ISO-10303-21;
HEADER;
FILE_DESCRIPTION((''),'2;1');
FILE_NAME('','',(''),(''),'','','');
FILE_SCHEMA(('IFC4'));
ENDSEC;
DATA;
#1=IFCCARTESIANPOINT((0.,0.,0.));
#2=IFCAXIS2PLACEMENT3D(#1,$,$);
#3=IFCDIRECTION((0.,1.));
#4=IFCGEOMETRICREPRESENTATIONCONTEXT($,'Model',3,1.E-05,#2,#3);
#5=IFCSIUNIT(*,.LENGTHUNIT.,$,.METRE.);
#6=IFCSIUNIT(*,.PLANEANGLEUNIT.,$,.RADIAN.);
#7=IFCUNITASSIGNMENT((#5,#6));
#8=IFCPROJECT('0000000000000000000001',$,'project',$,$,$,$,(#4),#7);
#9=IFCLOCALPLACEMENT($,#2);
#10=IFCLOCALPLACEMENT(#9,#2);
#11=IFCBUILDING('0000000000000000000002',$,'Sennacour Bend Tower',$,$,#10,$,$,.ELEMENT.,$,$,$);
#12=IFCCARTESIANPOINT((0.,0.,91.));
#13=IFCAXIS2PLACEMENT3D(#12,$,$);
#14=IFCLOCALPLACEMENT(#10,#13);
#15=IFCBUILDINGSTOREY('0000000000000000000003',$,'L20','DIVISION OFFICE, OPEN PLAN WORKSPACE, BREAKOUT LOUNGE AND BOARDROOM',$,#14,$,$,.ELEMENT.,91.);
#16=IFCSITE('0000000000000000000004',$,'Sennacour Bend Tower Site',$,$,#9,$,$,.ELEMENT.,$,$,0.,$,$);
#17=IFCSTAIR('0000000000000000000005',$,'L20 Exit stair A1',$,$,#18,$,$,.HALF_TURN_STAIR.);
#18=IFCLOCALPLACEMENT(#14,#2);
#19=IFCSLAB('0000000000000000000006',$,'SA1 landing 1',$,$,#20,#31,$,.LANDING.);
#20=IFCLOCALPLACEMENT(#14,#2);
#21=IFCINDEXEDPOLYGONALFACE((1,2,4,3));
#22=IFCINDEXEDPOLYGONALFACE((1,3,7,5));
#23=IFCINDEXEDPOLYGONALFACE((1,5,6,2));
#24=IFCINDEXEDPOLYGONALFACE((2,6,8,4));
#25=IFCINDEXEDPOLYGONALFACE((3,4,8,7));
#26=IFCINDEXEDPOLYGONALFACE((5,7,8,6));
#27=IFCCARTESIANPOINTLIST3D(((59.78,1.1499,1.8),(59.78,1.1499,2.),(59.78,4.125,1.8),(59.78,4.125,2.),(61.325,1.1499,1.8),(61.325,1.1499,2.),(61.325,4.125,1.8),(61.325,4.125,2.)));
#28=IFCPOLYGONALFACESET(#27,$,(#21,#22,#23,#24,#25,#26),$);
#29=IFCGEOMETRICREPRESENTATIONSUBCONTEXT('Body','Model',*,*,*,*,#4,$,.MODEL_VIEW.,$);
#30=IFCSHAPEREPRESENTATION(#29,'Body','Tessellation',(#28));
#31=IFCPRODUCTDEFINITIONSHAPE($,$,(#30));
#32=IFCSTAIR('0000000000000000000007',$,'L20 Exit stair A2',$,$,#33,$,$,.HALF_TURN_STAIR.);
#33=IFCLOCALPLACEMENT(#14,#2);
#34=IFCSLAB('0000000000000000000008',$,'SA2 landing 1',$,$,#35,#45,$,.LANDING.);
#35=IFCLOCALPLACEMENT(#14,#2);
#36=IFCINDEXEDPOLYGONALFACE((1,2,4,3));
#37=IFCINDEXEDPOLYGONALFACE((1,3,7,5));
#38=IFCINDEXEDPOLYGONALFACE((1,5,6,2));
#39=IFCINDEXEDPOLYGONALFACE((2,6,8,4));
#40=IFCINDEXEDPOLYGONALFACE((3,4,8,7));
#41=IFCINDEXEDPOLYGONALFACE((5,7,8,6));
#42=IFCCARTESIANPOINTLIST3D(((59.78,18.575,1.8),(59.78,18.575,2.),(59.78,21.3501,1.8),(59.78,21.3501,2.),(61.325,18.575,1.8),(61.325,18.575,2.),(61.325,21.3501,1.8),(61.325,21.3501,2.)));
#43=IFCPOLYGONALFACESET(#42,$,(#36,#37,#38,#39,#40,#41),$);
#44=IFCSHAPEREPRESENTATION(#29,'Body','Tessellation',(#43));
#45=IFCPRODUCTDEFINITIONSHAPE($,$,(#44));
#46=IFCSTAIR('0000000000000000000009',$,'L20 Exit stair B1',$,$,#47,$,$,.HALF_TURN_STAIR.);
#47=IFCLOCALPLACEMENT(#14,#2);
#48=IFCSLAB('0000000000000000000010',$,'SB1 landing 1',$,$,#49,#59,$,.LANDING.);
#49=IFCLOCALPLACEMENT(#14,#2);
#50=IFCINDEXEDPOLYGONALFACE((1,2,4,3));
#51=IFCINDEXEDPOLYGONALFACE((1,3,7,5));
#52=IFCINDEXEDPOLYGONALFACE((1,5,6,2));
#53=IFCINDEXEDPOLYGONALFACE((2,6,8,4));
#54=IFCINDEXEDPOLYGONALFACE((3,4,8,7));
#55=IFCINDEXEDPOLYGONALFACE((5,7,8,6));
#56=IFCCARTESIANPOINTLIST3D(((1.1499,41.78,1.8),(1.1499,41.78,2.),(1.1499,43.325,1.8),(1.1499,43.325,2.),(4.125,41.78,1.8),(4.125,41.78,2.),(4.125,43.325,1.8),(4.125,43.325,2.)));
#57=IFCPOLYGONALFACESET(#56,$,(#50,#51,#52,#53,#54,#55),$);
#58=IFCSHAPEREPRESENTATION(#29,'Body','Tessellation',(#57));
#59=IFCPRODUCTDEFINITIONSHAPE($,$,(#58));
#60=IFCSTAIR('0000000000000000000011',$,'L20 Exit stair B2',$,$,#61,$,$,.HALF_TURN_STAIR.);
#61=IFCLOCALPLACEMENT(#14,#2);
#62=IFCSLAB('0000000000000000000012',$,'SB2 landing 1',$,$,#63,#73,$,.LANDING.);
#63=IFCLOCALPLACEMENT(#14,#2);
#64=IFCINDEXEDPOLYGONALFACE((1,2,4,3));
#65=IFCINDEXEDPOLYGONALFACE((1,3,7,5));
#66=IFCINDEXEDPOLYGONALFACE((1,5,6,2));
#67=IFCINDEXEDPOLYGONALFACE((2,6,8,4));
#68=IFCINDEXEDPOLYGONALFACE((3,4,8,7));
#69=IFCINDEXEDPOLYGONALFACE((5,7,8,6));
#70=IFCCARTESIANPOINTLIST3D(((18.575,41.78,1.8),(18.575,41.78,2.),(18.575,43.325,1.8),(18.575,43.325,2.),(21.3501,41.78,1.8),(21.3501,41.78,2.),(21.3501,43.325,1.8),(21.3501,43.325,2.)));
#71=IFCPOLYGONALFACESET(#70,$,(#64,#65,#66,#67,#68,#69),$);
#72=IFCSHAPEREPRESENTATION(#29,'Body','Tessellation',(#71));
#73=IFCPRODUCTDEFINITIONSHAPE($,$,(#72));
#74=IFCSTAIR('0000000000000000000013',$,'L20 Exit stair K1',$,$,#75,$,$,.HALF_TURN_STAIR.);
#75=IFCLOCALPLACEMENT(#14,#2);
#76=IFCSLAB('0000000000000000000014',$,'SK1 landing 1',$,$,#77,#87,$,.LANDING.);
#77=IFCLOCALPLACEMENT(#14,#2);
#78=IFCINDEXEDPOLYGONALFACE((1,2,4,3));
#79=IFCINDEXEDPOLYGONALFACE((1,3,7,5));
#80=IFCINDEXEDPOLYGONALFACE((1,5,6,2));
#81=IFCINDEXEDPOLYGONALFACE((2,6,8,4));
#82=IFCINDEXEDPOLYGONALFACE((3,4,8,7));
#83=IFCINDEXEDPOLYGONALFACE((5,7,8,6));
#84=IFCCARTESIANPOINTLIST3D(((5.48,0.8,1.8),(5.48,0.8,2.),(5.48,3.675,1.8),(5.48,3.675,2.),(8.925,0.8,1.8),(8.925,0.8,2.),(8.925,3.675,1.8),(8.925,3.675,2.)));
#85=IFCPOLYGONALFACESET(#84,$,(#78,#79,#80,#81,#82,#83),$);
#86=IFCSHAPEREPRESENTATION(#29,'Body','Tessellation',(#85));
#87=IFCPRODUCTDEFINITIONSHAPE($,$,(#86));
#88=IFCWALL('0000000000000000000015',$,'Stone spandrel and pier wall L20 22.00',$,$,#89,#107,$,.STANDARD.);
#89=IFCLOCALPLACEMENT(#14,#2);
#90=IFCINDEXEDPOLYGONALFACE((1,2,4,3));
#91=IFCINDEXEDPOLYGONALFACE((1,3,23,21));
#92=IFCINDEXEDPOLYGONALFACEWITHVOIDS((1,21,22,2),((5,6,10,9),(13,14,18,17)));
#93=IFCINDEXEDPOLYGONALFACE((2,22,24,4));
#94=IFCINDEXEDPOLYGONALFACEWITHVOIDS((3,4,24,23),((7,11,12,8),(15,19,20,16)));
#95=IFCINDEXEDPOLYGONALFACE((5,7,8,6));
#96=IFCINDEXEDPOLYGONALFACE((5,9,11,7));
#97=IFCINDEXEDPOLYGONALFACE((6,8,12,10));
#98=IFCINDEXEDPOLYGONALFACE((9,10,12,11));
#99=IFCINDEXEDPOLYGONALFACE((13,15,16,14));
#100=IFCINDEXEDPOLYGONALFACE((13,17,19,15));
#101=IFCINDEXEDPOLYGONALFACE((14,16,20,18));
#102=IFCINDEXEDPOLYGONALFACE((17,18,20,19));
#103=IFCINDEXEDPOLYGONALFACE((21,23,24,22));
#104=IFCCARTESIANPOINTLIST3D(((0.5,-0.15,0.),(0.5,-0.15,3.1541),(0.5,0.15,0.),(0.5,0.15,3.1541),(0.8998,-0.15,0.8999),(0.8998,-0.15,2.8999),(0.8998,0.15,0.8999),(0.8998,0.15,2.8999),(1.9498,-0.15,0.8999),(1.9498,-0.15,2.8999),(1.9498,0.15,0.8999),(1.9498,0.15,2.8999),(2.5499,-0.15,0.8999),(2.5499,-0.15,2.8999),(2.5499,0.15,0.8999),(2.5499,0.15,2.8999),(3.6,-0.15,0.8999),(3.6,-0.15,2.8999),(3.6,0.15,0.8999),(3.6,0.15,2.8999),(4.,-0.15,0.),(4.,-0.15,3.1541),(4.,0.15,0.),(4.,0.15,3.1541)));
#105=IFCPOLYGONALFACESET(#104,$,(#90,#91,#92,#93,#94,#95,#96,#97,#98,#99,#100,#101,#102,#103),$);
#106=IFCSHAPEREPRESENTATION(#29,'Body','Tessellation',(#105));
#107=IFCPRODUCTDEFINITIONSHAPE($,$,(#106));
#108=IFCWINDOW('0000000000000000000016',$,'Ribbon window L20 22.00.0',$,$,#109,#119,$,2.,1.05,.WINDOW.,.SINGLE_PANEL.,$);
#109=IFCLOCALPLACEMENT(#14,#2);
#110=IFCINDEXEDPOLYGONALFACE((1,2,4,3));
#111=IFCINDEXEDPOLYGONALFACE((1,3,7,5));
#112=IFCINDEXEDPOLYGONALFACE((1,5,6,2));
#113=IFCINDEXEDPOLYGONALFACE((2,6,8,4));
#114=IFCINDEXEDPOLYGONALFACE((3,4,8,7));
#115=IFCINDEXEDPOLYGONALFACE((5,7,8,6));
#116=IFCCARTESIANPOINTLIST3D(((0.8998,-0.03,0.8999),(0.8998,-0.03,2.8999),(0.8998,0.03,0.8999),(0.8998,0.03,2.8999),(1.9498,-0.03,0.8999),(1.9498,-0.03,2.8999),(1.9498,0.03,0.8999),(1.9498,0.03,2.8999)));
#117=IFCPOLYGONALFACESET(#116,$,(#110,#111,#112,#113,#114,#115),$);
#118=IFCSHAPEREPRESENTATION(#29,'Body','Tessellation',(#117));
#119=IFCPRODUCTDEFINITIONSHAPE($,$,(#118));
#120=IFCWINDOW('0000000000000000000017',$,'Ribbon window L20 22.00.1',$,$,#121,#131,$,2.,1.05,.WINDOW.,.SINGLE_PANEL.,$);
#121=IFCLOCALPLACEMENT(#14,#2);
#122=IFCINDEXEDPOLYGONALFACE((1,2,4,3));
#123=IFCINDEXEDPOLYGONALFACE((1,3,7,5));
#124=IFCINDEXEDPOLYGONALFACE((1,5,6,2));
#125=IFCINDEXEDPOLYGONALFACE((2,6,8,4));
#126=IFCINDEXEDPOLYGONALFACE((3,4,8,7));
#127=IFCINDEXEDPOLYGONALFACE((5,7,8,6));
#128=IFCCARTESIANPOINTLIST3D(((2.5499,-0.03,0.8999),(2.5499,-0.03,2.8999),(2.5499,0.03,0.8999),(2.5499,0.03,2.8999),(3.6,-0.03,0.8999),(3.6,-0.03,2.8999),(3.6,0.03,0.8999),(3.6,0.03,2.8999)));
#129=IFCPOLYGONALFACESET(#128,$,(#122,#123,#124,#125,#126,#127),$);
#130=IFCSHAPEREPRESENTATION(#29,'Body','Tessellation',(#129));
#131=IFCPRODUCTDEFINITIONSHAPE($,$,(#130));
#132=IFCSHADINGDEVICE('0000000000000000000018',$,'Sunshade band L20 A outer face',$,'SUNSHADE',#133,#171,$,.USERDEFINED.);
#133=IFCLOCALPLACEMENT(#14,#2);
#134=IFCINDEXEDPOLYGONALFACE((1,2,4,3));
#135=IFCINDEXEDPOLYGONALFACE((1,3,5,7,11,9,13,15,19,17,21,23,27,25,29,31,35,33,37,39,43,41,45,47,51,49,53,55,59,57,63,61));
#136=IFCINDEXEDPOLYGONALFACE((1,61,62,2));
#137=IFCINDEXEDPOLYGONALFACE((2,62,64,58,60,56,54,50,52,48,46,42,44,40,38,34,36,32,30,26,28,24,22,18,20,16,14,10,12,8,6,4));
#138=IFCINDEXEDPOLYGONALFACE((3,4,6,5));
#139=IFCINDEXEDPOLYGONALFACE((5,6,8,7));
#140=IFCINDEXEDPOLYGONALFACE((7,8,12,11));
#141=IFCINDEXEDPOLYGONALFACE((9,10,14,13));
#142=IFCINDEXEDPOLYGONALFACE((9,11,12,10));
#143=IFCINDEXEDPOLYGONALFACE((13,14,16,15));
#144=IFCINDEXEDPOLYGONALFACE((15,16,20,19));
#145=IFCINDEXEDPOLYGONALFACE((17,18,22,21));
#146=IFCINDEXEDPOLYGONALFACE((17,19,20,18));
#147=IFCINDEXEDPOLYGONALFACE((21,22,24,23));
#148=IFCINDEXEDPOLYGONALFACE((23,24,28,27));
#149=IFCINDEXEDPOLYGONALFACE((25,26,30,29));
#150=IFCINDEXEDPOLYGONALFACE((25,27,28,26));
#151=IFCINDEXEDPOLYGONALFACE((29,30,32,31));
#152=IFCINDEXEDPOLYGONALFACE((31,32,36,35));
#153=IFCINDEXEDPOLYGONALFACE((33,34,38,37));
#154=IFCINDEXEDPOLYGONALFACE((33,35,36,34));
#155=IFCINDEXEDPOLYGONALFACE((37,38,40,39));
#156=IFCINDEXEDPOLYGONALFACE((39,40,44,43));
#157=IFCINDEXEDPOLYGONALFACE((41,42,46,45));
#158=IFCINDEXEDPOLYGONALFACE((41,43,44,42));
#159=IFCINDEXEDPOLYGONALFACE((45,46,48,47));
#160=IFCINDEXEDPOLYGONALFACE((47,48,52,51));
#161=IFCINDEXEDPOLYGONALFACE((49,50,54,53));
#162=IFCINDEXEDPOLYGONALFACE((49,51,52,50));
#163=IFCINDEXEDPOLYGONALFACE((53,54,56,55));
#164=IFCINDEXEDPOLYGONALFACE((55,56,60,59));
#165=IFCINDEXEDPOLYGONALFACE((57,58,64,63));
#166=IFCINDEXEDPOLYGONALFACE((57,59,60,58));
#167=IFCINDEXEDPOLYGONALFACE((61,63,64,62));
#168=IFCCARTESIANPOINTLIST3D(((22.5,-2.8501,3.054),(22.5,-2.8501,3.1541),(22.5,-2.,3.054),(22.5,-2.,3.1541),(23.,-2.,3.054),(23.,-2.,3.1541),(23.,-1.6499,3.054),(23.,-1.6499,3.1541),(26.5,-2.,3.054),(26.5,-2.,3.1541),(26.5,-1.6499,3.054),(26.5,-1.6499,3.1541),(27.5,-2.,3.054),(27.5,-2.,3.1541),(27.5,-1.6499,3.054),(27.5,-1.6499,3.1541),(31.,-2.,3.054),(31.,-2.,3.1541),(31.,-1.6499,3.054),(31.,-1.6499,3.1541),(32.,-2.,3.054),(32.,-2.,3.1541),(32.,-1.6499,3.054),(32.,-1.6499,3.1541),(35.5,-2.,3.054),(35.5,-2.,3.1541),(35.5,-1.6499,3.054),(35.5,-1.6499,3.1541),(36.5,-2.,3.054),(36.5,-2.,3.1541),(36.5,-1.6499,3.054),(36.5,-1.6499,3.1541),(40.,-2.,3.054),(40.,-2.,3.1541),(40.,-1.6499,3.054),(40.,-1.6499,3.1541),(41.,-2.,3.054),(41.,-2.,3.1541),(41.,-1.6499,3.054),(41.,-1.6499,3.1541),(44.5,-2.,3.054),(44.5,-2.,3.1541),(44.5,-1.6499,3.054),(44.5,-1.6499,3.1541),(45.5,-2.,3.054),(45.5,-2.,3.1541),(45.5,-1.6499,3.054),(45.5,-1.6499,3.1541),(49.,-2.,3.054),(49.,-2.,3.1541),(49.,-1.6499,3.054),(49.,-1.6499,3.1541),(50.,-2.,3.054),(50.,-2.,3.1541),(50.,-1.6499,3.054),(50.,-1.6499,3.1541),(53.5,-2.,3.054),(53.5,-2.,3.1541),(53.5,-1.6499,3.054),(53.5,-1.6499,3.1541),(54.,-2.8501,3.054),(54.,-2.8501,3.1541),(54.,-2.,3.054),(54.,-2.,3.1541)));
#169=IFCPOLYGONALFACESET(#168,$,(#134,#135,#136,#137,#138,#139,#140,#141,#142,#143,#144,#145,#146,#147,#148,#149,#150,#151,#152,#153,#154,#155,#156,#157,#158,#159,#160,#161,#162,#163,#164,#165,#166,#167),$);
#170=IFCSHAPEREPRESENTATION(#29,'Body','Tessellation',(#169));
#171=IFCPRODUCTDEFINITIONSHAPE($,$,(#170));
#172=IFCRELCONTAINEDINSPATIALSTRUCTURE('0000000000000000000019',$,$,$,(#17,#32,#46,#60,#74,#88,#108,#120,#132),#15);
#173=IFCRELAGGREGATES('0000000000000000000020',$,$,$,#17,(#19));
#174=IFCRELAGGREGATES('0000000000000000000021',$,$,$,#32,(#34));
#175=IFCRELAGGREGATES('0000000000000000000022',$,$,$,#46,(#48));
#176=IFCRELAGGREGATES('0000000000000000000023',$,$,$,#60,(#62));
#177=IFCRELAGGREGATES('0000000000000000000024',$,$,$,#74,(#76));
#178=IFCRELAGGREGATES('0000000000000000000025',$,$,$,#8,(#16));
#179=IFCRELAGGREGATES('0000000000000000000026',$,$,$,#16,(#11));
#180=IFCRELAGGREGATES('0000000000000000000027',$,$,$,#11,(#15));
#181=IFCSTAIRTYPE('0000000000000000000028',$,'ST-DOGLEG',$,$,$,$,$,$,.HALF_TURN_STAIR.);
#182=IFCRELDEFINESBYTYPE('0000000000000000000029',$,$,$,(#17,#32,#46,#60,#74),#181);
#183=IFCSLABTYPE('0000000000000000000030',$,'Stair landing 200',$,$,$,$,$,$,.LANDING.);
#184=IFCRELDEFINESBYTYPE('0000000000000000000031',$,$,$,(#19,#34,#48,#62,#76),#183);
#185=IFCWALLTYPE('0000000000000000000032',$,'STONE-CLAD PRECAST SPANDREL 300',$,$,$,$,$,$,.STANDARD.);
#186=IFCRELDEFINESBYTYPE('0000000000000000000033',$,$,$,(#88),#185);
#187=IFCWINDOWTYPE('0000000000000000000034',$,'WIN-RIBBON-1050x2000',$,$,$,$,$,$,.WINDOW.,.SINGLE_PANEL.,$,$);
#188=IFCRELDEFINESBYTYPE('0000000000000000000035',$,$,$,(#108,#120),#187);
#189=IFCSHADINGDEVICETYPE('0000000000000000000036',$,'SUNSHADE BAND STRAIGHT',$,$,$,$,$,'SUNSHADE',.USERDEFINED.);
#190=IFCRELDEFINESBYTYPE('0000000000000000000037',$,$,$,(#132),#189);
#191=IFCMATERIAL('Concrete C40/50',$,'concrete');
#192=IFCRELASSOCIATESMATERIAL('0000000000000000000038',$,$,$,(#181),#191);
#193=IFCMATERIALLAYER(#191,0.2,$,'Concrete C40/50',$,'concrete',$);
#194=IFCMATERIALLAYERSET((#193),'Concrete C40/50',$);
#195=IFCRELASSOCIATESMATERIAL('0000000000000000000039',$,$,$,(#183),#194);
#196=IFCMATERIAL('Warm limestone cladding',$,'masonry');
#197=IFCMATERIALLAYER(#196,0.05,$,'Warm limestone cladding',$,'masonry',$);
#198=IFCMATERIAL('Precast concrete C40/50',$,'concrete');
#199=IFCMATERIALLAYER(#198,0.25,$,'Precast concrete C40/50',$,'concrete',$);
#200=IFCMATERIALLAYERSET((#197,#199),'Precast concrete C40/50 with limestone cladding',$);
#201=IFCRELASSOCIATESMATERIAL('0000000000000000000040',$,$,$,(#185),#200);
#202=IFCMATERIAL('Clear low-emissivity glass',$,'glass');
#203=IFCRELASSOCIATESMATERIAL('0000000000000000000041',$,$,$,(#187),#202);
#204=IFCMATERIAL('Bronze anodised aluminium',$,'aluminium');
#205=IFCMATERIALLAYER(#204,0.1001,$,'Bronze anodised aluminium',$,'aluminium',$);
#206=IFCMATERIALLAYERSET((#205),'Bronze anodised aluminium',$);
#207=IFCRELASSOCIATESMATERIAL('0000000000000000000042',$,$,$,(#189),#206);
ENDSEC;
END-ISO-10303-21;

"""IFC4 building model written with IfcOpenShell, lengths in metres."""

from ifc_helpers import new_model, si_unit, direction, frame, frame_2d, origin, place, context, subcontext, project, spatial, polyline, rectangle, outline, extrude, material, layer, layer_set, type_object, element, fill, aggregate, save


model = new_model("IFC4")

# Units and contexts
model_context = context("Model", 3, precision=1e-05, world=origin(), true_north=direction((0.0, 1.0)))
body_context = subcontext(model_context, "Body", "Model", "MODEL_VIEW")
ifc_project = project(units=[si_unit("LENGTHUNIT", "METRE"), si_unit("PLANEANGLEUNIT", "RADIAN")], contexts=[model_context])

# Site, building, storey
site_placement = place(None, origin())
site = spatial("IfcSite", under=ifc_project, at=site_placement, Name="Sennacour Bend Tower Site", CompositionType="ELEMENT", RefElevation=0.0)
building_placement = place(site_placement, origin())
building = spatial("IfcBuilding", under=site, at=building_placement, Name="Sennacour Bend Tower", CompositionType="ELEMENT")
storey_placement = place(building_placement, frame((0.0, 0.0, 91.0)))
storey = spatial("IfcBuildingStorey", under=building, at=storey_placement, Name="L20", Description="DIVISION OFFICE, OPEN PLAN WORKSPACE, BREAKOUT LOUNGE AND BOARDROOM", CompositionType="ELEMENT", Elevation=91.0)

# Shared definitions
ifc_material_1 = material(Name="Concrete C40/50", Category="concrete")

# Stairs, slabs
stair_type = type_object("IfcStairType", Name="ST-DOGLEG", PredefinedType="HALF_TURN_STAIR", material=ifc_material_1)
stair_1_placement = place(storey_placement, origin())
stair_1 = element("IfcStair", 1, at=stair_1_placement, inside=storey, type_object=stair_type, Name="L20 Exit stair A1", PredefinedType="HALF_TURN_STAIR")
ifc_layer_1 = layer(ifc_material_1, 0.2, Name="Concrete C40/50", Category="concrete")
ifc_layer_set_1 = layer_set([ifc_layer_1], Name="Concrete C40/50")
slab_type_1 = type_object("IfcSlabType", Name="Stair landing 200", PredefinedType="LANDING", material=ifc_layer_set_1)
slab_1_placement = place(storey_placement, frame((0.0, 0.0, 1.8)))
slab_1 = element("IfcSlab", 2, at=slab_1_placement, type_object=slab_type_1, Name="SA1 landing 1", PredefinedType="LANDING", context=body_context, shape_type="SweptSolid", body=[
    extrude(outline(polyline([(59.78, 1.1499), (61.325, 1.1499), (61.325, 4.125), (59.78, 4.125), (59.78, 1.1499)])), origin(), (0.0, 0.0, 1.0), 0.2),
])
aggregate(stair_1, [slab_1])
stair_2_placement = place(storey_placement, origin())
stair_2 = element("IfcStair", 3, at=stair_2_placement, inside=storey, type_object=stair_type, Name="L20 Exit stair A2", PredefinedType="HALF_TURN_STAIR")
slab_2_placement = place(storey_placement, frame((0.0, 0.0, 1.8)))
slab_2 = element("IfcSlab", 4, at=slab_2_placement, type_object=slab_type_1, Name="SA2 landing 1", PredefinedType="LANDING", context=body_context, shape_type="SweptSolid", body=[
    extrude(outline(polyline([(59.78, 18.575), (61.325, 18.575), (61.325, 21.3501), (59.78, 21.3501), (59.78, 18.575)])), origin(), (0.0, 0.0, 1.0), 0.2),
])
aggregate(stair_2, [slab_2])
stair_3_placement = place(storey_placement, origin())
stair_3 = element("IfcStair", 5, at=stair_3_placement, inside=storey, type_object=stair_type, Name="L20 Exit stair B1", PredefinedType="HALF_TURN_STAIR")
slab_3_placement = place(storey_placement, frame((0.0, 0.0, 1.8)))
slab_3 = element("IfcSlab", 6, at=slab_3_placement, type_object=slab_type_1, Name="SB1 landing 1", PredefinedType="LANDING", context=body_context, shape_type="SweptSolid", body=[
    extrude(outline(polyline([(1.1499, 41.78), (4.125, 41.78), (4.125, 43.325), (1.1499, 43.325), (1.1499, 41.78)])), origin(), (0.0, 0.0, 1.0), 0.2),
])
aggregate(stair_3, [slab_3])
stair_4_placement = place(storey_placement, origin())
stair_4 = element("IfcStair", 7, at=stair_4_placement, inside=storey, type_object=stair_type, Name="L20 Exit stair B2", PredefinedType="HALF_TURN_STAIR")
slab_4_placement = place(storey_placement, frame((0.0, 0.0, 1.8)))
slab_4 = element("IfcSlab", 8, at=slab_4_placement, type_object=slab_type_1, Name="SB2 landing 1", PredefinedType="LANDING", context=body_context, shape_type="SweptSolid", body=[
    extrude(outline(polyline([(18.575, 41.78), (21.3501, 41.78), (21.3501, 43.325), (18.575, 43.325), (18.575, 41.78)])), origin(), (0.0, 0.0, 1.0), 0.2),
])
aggregate(stair_4, [slab_4])
stair_5_placement = place(storey_placement, origin())
stair_5 = element("IfcStair", 9, at=stair_5_placement, inside=storey, type_object=stair_type, Name="L20 Exit stair K1", PredefinedType="HALF_TURN_STAIR")
slab_5_placement = place(storey_placement, frame((0.0, 0.0, 1.8)))
slab_5 = element("IfcSlab", 10, at=slab_5_placement, type_object=slab_type_1, Name="SK1 landing 1", PredefinedType="LANDING", context=body_context, shape_type="SweptSolid", body=[
    extrude(outline(polyline([(5.48, 0.8), (8.925, 0.8), (8.925, 3.675), (5.48, 3.675), (5.48, 0.8)])), origin(), (0.0, 0.0, 1.0), 0.2),
])
aggregate(stair_5, [slab_5])

# Wall, openings, windows
ifc_material_2 = material(Name="Warm limestone cladding", Category="masonry")
ifc_layer_2 = layer(ifc_material_2, 0.05, Name="Warm limestone cladding", Category="masonry")
ifc_material_3 = material(Name="Precast concrete C40/50", Category="concrete")
ifc_layer_3 = layer(ifc_material_3, 0.25, Name="Precast concrete C40/50", Category="concrete")
ifc_layer_set_2 = layer_set([ifc_layer_2, ifc_layer_3], Name="Precast concrete C40/50 with limestone cladding")
wall_type = type_object("IfcWallType", Name="STONE-CLAD PRECAST SPANDREL 300", PredefinedType="STANDARD", material=ifc_layer_set_2)
wall_placement = place(storey_placement, frame((0.5, 0.0, 0.0), z_axis=(0.0, 0.0, 1.0), x_axis=(1.0, 0.0, 0.0)))
wall = element("IfcWall", 11, at=wall_placement, inside=storey, type_object=wall_type, Name="Stone spandrel and pier wall L20 22.00", PredefinedType="STANDARD", context=body_context, shape_type="SweptSolid", body=[
    extrude(rectangle(XDim=3.5, YDim=0.3, at=frame_2d((1.75, 0.0))), origin(), (0.0, 0.0, 1.0), 3.1541),
])
opening_1_placement = place(wall_placement, frame((0.3999, 0.0, 0.8999)))
opening_1 = element("IfcOpeningElement", 12, at=opening_1_placement, cuts=wall, PredefinedType="OPENING", context=body_context, shape_type="SweptSolid", body=[
    extrude(rectangle(XDim=1.05, YDim=2.0, at=frame_2d((0.5249, 1.0))), frame((0.0, 0.1602, 0.0), z_axis=(0.0, -1.0, 0.0), x_axis=(1.0, 0.0, 0.0)), (0.0, 0.0, 1.0), 0.3201),
])
opening_2_placement = place(wall_placement, frame((2.05, 0.0, 0.8999)))
opening_2 = element("IfcOpeningElement", 13, at=opening_2_placement, cuts=wall, PredefinedType="OPENING", context=body_context, shape_type="SweptSolid", body=[
    extrude(rectangle(XDim=1.05, YDim=2.0, at=frame_2d((0.5249, 1.0))), frame((0.0, 0.1602, 0.0), z_axis=(0.0, -1.0, 0.0), x_axis=(1.0, 0.0, 0.0)), (0.0, 0.0, 1.0), 0.3201),
])
ifc_material_4 = material(Name="Clear low-emissivity glass", Category="glass")
window_type = type_object("IfcWindowType", Name="WIN-RIBBON-1050x2000", PartitioningType="SINGLE_PANEL", PredefinedType="WINDOW", material=ifc_material_4)
window_1_placement = place(opening_1_placement, origin())
window_1 = element("IfcWindow", 14, at=window_1_placement, inside=storey, type_object=window_type, Name="Ribbon window L20 22.00.0", OverallHeight=2.0, OverallWidth=1.05, PartitioningType="SINGLE_PANEL", PredefinedType="WINDOW", context=body_context, shape_type="SweptSolid", body=[
    extrude(rectangle(XDim=1.05, YDim=2.0, at=frame_2d((0.5249, 1.0))), frame((0.0, 0.03, 0.0), z_axis=(0.0, -1.0, 0.0), x_axis=(1.0, 0.0, 0.0)), (0.0, 0.0, 1.0), 0.0601),
])
fill(opening_1, window_1)
window_2_placement = place(opening_2_placement, origin())
window_2 = element("IfcWindow", 15, at=window_2_placement, inside=storey, type_object=window_type, Name="Ribbon window L20 22.00.1", OverallHeight=2.0, OverallWidth=1.05, PartitioningType="SINGLE_PANEL", PredefinedType="WINDOW", context=body_context, shape_type="SweptSolid", body=[
    extrude(rectangle(XDim=1.05, YDim=2.0, at=frame_2d((0.5249, 1.0))), frame((0.0, 0.03, 0.0), z_axis=(0.0, -1.0, 0.0), x_axis=(1.0, 0.0, 0.0)), (0.0, 0.0, 1.0), 0.0601),
])
fill(opening_2, window_2)

# Shading device
ifc_material_5 = material(Name="Bronze anodised aluminium", Category="aluminium")
ifc_layer_4 = layer(ifc_material_5, 0.1001, Name="Bronze anodised aluminium", Category="aluminium")
ifc_layer_set_3 = layer_set([ifc_layer_4], Name="Bronze anodised aluminium")
shading_device_type_1 = type_object("IfcShadingDeviceType", Name="SUNSHADE BAND STRAIGHT", ElementType="SUNSHADE", PredefinedType="USERDEFINED", material=ifc_layer_set_3)
shading_device_1_placement = place(storey_placement, frame((0.0, 0.0, 3.054)))
element("IfcShadingDevice", 16, at=shading_device_1_placement, inside=storey, type_object=shading_device_type_1, Name="Sunshade band L20 A outer face", ObjectType="SUNSHADE", PredefinedType="USERDEFINED", context=body_context, shape_type="SweptSolid", body=[
    extrude(outline(polyline([(26.5, -1.6499), (26.5, -2.0), (27.5, -2.0), (27.5, -1.6499), (31.0, -1.6499), (31.0, -2.0), (32.0, -2.0), (32.0, -1.6499), (35.5, -1.6499), (35.5, -2.0), (36.5, -2.0), (36.5, -1.6499), (40.0, -1.6499), (40.0, -2.0), (41.0, -2.0), (41.0, -1.6499), (44.5, -1.6499), (44.5, -2.0), (45.5, -2.0), (45.5, -1.6499), (49.0, -1.6499), (49.0, -2.0), (50.0, -2.0), (50.0, -1.6499), (53.5, -1.6499), (53.5, -2.0), (54.0, -2.0), (54.0, -2.8501), (22.5, -2.8501), (22.5, -2.0), (23.0, -2.0), (23.0, -1.6499), (26.5, -1.6499)])), origin(), (0.0, 0.0, 1.0), 0.1001),
])

save(model, "model.ifc")
